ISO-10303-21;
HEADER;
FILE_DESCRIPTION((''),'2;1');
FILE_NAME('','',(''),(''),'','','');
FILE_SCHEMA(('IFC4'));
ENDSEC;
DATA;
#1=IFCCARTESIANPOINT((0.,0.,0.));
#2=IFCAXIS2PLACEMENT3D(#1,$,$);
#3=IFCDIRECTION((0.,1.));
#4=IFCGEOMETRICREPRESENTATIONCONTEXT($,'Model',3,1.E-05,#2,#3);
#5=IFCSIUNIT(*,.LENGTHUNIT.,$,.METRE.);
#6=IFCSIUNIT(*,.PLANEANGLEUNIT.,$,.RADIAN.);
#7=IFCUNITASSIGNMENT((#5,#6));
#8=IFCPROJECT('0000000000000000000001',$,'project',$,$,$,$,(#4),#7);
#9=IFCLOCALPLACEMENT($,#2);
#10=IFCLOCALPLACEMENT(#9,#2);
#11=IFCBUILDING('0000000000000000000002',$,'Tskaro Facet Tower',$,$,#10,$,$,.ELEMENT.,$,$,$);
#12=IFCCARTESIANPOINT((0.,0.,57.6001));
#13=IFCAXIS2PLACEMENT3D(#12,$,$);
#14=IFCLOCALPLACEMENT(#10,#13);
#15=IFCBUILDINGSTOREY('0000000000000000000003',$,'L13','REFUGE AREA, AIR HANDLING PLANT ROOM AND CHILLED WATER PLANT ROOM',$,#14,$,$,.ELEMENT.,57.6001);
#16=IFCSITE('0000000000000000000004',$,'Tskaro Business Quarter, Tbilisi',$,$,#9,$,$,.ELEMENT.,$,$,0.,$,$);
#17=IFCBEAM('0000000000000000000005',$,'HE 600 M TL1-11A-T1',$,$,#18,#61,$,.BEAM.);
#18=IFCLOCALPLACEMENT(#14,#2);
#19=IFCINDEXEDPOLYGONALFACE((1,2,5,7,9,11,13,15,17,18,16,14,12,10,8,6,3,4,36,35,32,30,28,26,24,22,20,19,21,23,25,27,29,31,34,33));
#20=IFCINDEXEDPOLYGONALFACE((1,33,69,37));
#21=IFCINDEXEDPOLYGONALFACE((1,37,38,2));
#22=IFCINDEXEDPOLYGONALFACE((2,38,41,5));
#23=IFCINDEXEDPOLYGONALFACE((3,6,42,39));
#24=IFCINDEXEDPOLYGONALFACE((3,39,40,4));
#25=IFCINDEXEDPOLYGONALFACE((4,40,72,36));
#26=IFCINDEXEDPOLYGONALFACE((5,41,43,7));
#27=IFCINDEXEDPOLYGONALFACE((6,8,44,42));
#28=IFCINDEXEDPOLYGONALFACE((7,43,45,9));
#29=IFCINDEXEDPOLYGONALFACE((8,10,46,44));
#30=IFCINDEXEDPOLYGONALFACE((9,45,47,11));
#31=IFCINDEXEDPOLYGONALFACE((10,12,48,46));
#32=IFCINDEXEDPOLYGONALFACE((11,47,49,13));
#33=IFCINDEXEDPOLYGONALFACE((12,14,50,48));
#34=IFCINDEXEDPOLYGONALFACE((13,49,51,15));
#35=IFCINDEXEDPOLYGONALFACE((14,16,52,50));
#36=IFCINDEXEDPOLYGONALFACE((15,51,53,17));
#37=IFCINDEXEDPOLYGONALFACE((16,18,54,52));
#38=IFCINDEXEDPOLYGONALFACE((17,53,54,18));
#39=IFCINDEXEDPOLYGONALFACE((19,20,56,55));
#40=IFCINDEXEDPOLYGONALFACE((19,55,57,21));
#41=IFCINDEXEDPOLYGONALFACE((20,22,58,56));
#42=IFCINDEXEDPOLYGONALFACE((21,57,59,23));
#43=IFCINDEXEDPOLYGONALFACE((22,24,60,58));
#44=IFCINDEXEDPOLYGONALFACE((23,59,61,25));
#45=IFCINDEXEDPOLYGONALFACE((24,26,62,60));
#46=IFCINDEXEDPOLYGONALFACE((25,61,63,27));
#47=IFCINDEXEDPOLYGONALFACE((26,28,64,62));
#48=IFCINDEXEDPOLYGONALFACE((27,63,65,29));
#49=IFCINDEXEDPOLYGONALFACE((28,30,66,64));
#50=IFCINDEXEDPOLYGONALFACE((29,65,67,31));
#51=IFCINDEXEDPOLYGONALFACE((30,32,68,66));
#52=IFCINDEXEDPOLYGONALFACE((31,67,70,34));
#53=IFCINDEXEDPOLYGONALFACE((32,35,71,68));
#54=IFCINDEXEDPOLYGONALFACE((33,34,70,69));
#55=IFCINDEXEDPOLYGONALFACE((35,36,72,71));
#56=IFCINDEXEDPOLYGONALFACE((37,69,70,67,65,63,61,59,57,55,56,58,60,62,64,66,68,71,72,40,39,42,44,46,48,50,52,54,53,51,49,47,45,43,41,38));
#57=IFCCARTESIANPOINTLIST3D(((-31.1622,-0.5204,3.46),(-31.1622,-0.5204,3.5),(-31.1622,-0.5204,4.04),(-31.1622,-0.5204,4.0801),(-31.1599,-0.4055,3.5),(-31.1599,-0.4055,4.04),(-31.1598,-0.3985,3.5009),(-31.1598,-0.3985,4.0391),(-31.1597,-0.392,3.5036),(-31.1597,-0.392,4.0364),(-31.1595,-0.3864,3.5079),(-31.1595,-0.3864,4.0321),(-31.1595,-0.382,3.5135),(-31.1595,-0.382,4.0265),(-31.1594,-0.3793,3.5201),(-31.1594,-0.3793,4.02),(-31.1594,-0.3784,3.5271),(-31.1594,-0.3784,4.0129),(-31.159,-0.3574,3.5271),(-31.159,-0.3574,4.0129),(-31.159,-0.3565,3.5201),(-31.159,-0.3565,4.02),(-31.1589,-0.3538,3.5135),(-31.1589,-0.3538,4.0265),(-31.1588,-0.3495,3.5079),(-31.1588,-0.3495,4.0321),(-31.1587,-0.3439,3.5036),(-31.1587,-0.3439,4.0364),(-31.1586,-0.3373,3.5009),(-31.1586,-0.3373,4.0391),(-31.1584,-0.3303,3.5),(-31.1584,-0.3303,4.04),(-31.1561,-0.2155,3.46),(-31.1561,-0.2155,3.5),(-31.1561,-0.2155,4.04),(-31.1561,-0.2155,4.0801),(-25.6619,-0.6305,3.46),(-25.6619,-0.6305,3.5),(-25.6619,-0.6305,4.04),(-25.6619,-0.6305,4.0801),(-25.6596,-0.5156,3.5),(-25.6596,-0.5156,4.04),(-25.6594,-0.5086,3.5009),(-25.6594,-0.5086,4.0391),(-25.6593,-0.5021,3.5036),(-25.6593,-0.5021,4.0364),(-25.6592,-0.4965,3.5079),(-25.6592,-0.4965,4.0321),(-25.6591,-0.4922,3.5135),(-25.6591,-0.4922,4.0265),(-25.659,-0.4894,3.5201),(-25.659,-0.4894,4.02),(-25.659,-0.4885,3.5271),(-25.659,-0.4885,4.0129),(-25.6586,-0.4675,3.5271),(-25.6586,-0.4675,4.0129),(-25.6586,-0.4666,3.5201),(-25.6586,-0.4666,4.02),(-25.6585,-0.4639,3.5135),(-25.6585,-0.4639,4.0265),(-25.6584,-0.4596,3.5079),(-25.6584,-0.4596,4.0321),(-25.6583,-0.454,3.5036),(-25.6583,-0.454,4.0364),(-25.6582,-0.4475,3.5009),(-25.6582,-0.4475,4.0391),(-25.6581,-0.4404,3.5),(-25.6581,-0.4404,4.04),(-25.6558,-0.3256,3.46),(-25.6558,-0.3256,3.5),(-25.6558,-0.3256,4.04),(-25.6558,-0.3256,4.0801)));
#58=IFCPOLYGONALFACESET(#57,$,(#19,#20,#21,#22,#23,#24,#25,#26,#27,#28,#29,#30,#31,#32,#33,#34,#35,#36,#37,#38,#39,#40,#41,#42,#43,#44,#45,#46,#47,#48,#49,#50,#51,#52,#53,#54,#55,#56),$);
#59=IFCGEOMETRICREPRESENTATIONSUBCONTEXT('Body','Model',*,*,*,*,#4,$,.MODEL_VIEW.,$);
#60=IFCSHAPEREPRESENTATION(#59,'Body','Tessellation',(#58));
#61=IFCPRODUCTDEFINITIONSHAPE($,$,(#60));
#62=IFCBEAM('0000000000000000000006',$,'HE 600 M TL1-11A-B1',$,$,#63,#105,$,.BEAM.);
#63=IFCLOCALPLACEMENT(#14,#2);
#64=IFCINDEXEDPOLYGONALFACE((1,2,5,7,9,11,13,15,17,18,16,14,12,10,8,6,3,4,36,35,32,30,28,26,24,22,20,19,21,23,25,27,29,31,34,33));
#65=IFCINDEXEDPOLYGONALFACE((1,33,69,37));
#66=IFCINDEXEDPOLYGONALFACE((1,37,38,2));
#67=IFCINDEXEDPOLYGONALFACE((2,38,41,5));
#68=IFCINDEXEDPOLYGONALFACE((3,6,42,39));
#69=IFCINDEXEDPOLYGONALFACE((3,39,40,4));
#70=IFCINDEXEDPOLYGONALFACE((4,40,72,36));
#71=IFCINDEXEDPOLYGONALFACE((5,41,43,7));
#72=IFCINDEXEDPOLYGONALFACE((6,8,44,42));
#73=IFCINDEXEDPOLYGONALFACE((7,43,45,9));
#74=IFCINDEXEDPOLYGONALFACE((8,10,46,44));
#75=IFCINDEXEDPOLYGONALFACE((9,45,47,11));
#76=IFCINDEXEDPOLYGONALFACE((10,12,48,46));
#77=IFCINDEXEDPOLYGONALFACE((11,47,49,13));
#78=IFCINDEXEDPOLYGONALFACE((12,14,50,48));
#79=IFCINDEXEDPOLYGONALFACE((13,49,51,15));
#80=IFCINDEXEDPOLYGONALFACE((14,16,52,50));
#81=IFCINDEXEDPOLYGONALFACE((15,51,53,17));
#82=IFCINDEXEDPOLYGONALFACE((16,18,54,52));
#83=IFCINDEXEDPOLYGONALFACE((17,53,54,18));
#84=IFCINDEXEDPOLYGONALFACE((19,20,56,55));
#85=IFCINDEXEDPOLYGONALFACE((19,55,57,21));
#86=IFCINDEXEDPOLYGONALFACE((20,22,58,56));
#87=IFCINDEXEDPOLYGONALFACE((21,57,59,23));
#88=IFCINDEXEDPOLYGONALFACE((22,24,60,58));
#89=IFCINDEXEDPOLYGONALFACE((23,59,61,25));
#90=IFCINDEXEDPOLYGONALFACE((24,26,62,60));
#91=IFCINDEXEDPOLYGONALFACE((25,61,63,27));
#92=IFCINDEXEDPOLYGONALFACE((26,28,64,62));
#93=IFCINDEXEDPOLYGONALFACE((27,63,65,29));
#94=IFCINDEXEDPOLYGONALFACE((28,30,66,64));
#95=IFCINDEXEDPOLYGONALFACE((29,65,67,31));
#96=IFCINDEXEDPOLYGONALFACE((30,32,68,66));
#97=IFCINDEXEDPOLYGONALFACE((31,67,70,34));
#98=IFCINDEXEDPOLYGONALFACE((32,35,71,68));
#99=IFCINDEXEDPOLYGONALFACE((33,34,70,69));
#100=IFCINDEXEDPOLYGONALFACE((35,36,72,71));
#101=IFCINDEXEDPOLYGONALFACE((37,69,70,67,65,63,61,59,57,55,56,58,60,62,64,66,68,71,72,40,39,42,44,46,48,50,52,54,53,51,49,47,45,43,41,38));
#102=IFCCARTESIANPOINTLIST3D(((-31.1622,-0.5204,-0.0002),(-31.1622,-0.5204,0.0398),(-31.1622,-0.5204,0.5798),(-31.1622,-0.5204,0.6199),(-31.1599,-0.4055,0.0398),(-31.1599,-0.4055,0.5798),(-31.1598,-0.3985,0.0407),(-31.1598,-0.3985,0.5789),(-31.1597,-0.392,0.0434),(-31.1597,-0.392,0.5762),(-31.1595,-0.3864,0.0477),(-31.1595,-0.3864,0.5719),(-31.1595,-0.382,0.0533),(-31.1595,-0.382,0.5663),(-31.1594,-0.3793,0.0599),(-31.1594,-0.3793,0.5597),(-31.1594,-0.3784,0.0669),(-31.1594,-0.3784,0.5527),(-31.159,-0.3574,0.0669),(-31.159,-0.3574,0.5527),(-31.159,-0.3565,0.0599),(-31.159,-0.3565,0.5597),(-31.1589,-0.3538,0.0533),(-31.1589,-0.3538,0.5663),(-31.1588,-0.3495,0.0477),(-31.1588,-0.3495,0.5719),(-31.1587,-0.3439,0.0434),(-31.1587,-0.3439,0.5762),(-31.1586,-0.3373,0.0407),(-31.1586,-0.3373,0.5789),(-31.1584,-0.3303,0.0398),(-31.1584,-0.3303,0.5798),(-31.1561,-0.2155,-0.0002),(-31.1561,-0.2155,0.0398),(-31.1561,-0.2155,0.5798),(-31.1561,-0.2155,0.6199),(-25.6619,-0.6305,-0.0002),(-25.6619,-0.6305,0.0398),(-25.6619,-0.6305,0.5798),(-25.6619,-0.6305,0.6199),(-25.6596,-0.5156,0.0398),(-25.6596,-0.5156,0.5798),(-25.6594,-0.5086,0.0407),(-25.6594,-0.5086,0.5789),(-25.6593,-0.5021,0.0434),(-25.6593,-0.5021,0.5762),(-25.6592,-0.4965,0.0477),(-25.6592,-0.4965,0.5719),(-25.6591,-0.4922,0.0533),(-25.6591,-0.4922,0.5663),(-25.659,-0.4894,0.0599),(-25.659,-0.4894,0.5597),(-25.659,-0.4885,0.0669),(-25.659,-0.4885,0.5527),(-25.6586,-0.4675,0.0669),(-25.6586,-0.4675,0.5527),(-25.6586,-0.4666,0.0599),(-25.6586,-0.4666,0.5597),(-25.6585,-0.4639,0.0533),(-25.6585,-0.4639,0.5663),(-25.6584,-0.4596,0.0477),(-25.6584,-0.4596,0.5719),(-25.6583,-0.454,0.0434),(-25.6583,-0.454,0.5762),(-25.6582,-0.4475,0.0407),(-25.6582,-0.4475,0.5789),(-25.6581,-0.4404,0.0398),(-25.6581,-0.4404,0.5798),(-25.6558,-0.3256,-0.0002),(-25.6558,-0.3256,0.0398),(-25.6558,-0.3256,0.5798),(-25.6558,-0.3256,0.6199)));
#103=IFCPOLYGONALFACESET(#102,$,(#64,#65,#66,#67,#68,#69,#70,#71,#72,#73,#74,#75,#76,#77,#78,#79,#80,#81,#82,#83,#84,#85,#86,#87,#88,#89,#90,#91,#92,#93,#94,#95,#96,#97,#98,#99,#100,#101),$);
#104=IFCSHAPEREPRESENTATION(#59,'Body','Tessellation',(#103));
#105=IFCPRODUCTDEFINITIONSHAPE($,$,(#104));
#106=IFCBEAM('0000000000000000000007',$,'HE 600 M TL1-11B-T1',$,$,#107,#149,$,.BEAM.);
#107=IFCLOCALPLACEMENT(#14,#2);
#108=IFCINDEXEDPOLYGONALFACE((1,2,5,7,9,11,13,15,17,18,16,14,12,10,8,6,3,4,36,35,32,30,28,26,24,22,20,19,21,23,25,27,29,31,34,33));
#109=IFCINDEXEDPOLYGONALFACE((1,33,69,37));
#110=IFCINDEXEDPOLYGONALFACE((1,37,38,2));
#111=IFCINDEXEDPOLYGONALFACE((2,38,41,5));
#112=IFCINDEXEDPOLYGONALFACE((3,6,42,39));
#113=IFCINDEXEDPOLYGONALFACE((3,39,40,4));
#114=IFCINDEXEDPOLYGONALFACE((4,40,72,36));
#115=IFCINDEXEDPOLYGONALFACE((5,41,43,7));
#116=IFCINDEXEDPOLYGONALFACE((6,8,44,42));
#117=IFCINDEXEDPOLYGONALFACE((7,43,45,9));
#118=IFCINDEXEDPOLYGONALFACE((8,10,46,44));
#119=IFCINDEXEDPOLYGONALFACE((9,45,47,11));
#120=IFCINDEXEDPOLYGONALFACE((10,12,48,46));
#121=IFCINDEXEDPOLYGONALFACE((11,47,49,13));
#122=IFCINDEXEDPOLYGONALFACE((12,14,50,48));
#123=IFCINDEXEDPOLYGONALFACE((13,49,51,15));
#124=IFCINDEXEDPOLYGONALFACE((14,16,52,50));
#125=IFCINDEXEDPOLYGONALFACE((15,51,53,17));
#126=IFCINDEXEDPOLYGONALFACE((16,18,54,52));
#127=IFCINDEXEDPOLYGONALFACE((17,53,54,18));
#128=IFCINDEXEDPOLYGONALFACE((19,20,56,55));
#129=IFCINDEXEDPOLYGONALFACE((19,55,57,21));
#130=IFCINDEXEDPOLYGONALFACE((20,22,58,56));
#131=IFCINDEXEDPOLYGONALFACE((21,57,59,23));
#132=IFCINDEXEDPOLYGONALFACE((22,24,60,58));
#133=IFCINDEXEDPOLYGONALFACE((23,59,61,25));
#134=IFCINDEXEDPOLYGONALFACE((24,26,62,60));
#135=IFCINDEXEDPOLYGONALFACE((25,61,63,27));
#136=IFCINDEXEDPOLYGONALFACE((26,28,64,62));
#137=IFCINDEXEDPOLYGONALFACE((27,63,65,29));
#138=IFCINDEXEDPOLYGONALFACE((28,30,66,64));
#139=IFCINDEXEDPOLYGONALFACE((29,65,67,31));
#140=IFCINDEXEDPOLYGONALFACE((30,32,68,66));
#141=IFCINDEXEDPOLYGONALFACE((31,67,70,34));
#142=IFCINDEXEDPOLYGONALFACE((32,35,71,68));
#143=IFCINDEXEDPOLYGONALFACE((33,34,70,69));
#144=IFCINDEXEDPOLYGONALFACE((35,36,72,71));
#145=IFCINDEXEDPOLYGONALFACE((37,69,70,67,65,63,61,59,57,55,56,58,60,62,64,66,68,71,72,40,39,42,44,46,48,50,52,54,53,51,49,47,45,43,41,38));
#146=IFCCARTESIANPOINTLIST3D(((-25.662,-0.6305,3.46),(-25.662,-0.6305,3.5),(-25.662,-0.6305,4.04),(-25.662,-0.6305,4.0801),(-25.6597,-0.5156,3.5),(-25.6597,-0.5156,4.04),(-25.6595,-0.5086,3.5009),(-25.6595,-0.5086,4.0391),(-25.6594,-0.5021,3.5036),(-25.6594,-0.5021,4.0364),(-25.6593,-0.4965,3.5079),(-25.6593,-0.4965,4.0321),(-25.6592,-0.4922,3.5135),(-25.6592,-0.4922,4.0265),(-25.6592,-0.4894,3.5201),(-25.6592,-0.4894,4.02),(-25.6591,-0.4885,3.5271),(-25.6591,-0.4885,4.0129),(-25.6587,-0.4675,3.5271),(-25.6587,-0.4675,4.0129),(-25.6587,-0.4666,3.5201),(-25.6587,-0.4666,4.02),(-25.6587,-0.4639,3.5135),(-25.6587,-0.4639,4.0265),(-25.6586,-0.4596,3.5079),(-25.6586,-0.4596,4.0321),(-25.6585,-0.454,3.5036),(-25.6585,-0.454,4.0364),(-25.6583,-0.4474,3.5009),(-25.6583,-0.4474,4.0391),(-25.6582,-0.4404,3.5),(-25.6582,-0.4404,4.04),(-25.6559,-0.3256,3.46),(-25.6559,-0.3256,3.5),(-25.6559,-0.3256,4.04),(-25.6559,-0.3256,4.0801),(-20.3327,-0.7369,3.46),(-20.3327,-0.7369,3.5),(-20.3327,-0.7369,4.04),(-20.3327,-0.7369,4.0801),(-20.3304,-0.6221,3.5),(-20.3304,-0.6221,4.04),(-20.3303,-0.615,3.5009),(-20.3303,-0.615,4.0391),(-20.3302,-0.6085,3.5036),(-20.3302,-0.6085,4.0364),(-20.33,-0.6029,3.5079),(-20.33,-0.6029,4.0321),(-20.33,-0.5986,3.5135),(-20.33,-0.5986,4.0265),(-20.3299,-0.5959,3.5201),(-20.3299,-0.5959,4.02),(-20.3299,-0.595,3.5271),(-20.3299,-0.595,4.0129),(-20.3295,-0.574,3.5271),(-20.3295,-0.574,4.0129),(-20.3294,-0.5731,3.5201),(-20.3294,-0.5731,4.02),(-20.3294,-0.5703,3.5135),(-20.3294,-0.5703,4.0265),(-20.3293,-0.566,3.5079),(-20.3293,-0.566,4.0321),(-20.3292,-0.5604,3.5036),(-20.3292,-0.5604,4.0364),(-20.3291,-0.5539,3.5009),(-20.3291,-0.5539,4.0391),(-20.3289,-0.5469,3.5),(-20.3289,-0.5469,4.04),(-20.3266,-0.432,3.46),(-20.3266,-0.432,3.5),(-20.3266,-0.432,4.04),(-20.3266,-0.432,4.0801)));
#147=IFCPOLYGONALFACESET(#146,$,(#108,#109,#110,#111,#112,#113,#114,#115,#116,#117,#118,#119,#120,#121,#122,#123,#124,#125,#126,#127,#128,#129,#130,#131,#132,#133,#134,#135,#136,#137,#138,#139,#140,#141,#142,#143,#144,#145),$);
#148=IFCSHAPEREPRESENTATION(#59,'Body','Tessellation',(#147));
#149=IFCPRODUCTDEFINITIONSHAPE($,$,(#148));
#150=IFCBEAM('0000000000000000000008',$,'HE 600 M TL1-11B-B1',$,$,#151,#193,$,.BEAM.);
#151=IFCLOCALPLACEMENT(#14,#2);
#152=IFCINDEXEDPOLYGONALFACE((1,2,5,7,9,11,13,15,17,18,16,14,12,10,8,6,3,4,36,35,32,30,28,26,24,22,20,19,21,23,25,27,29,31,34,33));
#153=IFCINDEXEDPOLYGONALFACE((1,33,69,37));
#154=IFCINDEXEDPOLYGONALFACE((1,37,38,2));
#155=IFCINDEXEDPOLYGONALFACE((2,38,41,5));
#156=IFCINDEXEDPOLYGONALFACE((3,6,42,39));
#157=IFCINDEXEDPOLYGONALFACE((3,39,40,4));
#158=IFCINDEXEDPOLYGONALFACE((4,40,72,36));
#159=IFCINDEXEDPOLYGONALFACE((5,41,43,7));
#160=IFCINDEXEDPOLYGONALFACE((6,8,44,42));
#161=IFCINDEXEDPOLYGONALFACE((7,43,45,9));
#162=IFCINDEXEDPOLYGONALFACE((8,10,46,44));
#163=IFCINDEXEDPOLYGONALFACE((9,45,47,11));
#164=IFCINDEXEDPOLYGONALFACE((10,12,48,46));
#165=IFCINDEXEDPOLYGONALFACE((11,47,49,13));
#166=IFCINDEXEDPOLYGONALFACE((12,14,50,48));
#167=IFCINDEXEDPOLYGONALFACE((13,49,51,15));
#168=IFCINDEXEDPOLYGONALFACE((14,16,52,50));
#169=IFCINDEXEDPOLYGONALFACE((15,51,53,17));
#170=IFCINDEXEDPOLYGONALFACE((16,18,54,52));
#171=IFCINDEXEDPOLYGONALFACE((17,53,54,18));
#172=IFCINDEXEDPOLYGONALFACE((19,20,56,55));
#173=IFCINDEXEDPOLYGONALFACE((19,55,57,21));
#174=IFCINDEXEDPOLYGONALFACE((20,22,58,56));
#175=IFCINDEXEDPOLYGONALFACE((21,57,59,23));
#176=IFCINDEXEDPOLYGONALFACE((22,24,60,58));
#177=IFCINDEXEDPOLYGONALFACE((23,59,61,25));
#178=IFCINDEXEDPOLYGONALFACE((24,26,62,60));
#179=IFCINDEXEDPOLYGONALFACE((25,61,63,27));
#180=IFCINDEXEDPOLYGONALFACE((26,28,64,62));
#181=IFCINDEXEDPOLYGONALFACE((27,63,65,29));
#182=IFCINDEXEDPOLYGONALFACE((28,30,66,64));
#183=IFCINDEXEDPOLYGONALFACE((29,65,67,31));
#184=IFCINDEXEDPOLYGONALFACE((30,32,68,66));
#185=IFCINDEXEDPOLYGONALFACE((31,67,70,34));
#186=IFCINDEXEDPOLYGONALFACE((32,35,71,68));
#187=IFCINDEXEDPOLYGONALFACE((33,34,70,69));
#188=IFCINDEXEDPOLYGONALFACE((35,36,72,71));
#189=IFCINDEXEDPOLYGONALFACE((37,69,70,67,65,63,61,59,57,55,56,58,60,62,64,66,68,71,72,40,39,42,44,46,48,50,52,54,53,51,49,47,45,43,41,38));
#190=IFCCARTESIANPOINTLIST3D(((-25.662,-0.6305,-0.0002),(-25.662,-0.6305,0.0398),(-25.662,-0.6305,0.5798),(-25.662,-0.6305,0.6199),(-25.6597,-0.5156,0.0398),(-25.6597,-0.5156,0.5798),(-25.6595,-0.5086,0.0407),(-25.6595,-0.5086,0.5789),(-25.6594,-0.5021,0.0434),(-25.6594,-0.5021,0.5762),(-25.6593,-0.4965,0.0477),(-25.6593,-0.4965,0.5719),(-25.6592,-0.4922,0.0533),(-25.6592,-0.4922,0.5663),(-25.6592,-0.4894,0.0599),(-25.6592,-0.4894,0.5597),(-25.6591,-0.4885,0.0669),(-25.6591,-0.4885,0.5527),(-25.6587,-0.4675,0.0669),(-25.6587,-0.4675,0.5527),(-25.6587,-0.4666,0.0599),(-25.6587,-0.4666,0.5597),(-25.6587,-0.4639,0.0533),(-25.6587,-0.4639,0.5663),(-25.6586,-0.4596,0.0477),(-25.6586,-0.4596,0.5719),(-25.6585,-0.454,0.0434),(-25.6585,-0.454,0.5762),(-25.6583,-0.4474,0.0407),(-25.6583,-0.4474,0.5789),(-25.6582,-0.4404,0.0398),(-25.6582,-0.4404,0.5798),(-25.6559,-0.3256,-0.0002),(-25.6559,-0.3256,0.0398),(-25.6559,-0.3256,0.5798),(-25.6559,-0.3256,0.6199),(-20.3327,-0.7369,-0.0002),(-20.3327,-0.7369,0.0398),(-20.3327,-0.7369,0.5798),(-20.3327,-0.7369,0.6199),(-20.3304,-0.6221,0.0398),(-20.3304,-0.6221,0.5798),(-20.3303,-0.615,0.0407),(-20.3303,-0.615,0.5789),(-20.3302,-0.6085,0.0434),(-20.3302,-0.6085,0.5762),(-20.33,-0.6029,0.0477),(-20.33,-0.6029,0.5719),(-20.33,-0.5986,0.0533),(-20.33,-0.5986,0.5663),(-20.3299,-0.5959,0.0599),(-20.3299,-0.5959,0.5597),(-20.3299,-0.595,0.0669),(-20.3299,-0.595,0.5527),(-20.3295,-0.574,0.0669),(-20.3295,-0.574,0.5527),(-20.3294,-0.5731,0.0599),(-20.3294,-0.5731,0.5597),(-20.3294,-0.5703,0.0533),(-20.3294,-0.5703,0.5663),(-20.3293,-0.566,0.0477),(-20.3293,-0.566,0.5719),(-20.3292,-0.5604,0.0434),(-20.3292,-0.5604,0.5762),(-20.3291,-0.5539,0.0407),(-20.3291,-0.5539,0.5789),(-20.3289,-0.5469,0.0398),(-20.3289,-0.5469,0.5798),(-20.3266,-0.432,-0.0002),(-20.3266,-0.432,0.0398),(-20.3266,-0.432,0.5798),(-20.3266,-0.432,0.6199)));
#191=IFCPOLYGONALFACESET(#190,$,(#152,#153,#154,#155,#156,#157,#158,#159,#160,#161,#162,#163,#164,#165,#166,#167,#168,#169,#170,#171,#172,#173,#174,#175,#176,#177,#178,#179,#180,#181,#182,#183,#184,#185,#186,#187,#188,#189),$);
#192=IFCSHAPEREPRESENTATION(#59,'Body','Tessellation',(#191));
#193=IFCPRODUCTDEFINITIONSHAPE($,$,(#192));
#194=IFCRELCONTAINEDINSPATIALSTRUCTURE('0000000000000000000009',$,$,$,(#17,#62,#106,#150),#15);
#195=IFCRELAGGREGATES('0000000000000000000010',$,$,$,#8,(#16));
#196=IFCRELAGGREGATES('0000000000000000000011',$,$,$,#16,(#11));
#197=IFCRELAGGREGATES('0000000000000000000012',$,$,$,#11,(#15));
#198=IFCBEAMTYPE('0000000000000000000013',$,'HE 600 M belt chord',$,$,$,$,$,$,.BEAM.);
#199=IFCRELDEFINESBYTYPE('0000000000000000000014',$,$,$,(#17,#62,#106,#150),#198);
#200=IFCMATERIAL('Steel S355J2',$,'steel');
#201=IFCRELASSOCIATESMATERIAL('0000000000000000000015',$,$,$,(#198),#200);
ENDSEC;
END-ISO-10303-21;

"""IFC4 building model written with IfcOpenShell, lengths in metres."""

from ifc_helpers import new_model, si_unit, direction, frame, origin, origin_2d, place, context, subcontext, project, spatial, i_section, extrude, material, material_profile, profile_set, type_object, element, save


model = new_model("IFC4")

# Units and contexts
model_context = context("Model", 3, precision=1e-05, world=origin(), true_north=direction((0.0, 1.0)))
body_context = subcontext(model_context, "Body", "Model", "MODEL_VIEW")
ifc_project = project(units=[si_unit("LENGTHUNIT", "METRE"), si_unit("PLANEANGLEUNIT", "RADIAN")], contexts=[model_context])

# Site, building, storey
site_placement = place(None, origin())
site = spatial("IfcSite", under=ifc_project, at=site_placement, Name="Tskaro Business Quarter, Tbilisi", CompositionType="ELEMENT", RefElevation=0.0)
building_placement = place(site_placement, origin())
building = spatial("IfcBuilding", under=site, at=building_placement, Name="Tskaro Facet Tower", CompositionType="ELEMENT")
storey_placement = place(building_placement, frame((0.0, 0.0, 57.6001)))
storey = spatial("IfcBuildingStorey", under=building, at=storey_placement, Name="L13", Description="REFUGE AREA, AIR HANDLING PLANT ROOM AND CHILLED WATER PLANT ROOM", CompositionType="ELEMENT", Elevation=57.6001)

# Shared definitions
ifc_material_1 = material(Name="Steel S355J2", Category="steel")

# Beams
ifc_material_profile_1 = material_profile(ifc_material_1, i_section(OverallWidth=0.3049, OverallDepth=0.6201, WebThickness=0.021, FlangeThickness=0.04, FilletRadius=0.0271, at=origin_2d()), Name="HE 600 M")
ifc_profile_set_1 = profile_set([ifc_material_profile_1], Name="Steel S355J2")
beam_type_1 = type_object("IfcBeamType", Name="HE 600 M belt chord", PredefinedType="BEAM", material=ifc_profile_set_1)
for number, where, z_axis, x_axis, name in (
    (1, (-31.1592, -0.3679, 3.77), (0.9998, -0.020015, 0.0), (0.020015, 0.9998, 0.0), "HE 600 M TL1-11A-T1"),
    (2, (-31.1592, -0.3679, 0.3098), (0.9998, -0.020015, 0.0), (0.020015, 0.9998, 0.0), "HE 600 M TL1-11A-B1"),
):
    element("IfcBeam", number, at=place(storey_placement, frame(where, z_axis=z_axis, x_axis=x_axis)), inside=storey, type_object=beam_type_1, Name=name, PredefinedType="BEAM", context=body_context, shape_type="SweptSolid", body=[
        extrude(i_section(OverallWidth=0.3049, OverallDepth=0.6201, WebThickness=0.021, FlangeThickness=0.04, FilletRadius=0.0271, at=origin_2d()), origin(), (0.0, 0.0, 1.0), 5.5015),
    ])
for number, where, z_axis, x_axis, name in (
    (3, (-25.6589, -0.478, 3.77), (0.999801, -0.019969, 0.0), (0.019969, 0.999801, 0.0), "HE 600 M TL1-11B-T1"),
    (4, (-25.6589, -0.478, 0.3098), (0.999801, -0.019969, 0.0), (0.019969, 0.999801, 0.0), "HE 600 M TL1-11B-B1"),
):
    element("IfcBeam", number, at=place(storey_placement, frame(where, z_axis=z_axis, x_axis=x_axis)), inside=storey, type_object=beam_type_1, Name=name, PredefinedType="BEAM", context=body_context, shape_type="SweptSolid", body=[
        extrude(i_section(OverallWidth=0.3049, OverallDepth=0.6201, WebThickness=0.021, FlangeThickness=0.04, FilletRadius=0.0271, at=origin_2d()), origin(), (0.0, 0.0, 1.0), 5.3303),
    ])

save(model, "model.ifc")
